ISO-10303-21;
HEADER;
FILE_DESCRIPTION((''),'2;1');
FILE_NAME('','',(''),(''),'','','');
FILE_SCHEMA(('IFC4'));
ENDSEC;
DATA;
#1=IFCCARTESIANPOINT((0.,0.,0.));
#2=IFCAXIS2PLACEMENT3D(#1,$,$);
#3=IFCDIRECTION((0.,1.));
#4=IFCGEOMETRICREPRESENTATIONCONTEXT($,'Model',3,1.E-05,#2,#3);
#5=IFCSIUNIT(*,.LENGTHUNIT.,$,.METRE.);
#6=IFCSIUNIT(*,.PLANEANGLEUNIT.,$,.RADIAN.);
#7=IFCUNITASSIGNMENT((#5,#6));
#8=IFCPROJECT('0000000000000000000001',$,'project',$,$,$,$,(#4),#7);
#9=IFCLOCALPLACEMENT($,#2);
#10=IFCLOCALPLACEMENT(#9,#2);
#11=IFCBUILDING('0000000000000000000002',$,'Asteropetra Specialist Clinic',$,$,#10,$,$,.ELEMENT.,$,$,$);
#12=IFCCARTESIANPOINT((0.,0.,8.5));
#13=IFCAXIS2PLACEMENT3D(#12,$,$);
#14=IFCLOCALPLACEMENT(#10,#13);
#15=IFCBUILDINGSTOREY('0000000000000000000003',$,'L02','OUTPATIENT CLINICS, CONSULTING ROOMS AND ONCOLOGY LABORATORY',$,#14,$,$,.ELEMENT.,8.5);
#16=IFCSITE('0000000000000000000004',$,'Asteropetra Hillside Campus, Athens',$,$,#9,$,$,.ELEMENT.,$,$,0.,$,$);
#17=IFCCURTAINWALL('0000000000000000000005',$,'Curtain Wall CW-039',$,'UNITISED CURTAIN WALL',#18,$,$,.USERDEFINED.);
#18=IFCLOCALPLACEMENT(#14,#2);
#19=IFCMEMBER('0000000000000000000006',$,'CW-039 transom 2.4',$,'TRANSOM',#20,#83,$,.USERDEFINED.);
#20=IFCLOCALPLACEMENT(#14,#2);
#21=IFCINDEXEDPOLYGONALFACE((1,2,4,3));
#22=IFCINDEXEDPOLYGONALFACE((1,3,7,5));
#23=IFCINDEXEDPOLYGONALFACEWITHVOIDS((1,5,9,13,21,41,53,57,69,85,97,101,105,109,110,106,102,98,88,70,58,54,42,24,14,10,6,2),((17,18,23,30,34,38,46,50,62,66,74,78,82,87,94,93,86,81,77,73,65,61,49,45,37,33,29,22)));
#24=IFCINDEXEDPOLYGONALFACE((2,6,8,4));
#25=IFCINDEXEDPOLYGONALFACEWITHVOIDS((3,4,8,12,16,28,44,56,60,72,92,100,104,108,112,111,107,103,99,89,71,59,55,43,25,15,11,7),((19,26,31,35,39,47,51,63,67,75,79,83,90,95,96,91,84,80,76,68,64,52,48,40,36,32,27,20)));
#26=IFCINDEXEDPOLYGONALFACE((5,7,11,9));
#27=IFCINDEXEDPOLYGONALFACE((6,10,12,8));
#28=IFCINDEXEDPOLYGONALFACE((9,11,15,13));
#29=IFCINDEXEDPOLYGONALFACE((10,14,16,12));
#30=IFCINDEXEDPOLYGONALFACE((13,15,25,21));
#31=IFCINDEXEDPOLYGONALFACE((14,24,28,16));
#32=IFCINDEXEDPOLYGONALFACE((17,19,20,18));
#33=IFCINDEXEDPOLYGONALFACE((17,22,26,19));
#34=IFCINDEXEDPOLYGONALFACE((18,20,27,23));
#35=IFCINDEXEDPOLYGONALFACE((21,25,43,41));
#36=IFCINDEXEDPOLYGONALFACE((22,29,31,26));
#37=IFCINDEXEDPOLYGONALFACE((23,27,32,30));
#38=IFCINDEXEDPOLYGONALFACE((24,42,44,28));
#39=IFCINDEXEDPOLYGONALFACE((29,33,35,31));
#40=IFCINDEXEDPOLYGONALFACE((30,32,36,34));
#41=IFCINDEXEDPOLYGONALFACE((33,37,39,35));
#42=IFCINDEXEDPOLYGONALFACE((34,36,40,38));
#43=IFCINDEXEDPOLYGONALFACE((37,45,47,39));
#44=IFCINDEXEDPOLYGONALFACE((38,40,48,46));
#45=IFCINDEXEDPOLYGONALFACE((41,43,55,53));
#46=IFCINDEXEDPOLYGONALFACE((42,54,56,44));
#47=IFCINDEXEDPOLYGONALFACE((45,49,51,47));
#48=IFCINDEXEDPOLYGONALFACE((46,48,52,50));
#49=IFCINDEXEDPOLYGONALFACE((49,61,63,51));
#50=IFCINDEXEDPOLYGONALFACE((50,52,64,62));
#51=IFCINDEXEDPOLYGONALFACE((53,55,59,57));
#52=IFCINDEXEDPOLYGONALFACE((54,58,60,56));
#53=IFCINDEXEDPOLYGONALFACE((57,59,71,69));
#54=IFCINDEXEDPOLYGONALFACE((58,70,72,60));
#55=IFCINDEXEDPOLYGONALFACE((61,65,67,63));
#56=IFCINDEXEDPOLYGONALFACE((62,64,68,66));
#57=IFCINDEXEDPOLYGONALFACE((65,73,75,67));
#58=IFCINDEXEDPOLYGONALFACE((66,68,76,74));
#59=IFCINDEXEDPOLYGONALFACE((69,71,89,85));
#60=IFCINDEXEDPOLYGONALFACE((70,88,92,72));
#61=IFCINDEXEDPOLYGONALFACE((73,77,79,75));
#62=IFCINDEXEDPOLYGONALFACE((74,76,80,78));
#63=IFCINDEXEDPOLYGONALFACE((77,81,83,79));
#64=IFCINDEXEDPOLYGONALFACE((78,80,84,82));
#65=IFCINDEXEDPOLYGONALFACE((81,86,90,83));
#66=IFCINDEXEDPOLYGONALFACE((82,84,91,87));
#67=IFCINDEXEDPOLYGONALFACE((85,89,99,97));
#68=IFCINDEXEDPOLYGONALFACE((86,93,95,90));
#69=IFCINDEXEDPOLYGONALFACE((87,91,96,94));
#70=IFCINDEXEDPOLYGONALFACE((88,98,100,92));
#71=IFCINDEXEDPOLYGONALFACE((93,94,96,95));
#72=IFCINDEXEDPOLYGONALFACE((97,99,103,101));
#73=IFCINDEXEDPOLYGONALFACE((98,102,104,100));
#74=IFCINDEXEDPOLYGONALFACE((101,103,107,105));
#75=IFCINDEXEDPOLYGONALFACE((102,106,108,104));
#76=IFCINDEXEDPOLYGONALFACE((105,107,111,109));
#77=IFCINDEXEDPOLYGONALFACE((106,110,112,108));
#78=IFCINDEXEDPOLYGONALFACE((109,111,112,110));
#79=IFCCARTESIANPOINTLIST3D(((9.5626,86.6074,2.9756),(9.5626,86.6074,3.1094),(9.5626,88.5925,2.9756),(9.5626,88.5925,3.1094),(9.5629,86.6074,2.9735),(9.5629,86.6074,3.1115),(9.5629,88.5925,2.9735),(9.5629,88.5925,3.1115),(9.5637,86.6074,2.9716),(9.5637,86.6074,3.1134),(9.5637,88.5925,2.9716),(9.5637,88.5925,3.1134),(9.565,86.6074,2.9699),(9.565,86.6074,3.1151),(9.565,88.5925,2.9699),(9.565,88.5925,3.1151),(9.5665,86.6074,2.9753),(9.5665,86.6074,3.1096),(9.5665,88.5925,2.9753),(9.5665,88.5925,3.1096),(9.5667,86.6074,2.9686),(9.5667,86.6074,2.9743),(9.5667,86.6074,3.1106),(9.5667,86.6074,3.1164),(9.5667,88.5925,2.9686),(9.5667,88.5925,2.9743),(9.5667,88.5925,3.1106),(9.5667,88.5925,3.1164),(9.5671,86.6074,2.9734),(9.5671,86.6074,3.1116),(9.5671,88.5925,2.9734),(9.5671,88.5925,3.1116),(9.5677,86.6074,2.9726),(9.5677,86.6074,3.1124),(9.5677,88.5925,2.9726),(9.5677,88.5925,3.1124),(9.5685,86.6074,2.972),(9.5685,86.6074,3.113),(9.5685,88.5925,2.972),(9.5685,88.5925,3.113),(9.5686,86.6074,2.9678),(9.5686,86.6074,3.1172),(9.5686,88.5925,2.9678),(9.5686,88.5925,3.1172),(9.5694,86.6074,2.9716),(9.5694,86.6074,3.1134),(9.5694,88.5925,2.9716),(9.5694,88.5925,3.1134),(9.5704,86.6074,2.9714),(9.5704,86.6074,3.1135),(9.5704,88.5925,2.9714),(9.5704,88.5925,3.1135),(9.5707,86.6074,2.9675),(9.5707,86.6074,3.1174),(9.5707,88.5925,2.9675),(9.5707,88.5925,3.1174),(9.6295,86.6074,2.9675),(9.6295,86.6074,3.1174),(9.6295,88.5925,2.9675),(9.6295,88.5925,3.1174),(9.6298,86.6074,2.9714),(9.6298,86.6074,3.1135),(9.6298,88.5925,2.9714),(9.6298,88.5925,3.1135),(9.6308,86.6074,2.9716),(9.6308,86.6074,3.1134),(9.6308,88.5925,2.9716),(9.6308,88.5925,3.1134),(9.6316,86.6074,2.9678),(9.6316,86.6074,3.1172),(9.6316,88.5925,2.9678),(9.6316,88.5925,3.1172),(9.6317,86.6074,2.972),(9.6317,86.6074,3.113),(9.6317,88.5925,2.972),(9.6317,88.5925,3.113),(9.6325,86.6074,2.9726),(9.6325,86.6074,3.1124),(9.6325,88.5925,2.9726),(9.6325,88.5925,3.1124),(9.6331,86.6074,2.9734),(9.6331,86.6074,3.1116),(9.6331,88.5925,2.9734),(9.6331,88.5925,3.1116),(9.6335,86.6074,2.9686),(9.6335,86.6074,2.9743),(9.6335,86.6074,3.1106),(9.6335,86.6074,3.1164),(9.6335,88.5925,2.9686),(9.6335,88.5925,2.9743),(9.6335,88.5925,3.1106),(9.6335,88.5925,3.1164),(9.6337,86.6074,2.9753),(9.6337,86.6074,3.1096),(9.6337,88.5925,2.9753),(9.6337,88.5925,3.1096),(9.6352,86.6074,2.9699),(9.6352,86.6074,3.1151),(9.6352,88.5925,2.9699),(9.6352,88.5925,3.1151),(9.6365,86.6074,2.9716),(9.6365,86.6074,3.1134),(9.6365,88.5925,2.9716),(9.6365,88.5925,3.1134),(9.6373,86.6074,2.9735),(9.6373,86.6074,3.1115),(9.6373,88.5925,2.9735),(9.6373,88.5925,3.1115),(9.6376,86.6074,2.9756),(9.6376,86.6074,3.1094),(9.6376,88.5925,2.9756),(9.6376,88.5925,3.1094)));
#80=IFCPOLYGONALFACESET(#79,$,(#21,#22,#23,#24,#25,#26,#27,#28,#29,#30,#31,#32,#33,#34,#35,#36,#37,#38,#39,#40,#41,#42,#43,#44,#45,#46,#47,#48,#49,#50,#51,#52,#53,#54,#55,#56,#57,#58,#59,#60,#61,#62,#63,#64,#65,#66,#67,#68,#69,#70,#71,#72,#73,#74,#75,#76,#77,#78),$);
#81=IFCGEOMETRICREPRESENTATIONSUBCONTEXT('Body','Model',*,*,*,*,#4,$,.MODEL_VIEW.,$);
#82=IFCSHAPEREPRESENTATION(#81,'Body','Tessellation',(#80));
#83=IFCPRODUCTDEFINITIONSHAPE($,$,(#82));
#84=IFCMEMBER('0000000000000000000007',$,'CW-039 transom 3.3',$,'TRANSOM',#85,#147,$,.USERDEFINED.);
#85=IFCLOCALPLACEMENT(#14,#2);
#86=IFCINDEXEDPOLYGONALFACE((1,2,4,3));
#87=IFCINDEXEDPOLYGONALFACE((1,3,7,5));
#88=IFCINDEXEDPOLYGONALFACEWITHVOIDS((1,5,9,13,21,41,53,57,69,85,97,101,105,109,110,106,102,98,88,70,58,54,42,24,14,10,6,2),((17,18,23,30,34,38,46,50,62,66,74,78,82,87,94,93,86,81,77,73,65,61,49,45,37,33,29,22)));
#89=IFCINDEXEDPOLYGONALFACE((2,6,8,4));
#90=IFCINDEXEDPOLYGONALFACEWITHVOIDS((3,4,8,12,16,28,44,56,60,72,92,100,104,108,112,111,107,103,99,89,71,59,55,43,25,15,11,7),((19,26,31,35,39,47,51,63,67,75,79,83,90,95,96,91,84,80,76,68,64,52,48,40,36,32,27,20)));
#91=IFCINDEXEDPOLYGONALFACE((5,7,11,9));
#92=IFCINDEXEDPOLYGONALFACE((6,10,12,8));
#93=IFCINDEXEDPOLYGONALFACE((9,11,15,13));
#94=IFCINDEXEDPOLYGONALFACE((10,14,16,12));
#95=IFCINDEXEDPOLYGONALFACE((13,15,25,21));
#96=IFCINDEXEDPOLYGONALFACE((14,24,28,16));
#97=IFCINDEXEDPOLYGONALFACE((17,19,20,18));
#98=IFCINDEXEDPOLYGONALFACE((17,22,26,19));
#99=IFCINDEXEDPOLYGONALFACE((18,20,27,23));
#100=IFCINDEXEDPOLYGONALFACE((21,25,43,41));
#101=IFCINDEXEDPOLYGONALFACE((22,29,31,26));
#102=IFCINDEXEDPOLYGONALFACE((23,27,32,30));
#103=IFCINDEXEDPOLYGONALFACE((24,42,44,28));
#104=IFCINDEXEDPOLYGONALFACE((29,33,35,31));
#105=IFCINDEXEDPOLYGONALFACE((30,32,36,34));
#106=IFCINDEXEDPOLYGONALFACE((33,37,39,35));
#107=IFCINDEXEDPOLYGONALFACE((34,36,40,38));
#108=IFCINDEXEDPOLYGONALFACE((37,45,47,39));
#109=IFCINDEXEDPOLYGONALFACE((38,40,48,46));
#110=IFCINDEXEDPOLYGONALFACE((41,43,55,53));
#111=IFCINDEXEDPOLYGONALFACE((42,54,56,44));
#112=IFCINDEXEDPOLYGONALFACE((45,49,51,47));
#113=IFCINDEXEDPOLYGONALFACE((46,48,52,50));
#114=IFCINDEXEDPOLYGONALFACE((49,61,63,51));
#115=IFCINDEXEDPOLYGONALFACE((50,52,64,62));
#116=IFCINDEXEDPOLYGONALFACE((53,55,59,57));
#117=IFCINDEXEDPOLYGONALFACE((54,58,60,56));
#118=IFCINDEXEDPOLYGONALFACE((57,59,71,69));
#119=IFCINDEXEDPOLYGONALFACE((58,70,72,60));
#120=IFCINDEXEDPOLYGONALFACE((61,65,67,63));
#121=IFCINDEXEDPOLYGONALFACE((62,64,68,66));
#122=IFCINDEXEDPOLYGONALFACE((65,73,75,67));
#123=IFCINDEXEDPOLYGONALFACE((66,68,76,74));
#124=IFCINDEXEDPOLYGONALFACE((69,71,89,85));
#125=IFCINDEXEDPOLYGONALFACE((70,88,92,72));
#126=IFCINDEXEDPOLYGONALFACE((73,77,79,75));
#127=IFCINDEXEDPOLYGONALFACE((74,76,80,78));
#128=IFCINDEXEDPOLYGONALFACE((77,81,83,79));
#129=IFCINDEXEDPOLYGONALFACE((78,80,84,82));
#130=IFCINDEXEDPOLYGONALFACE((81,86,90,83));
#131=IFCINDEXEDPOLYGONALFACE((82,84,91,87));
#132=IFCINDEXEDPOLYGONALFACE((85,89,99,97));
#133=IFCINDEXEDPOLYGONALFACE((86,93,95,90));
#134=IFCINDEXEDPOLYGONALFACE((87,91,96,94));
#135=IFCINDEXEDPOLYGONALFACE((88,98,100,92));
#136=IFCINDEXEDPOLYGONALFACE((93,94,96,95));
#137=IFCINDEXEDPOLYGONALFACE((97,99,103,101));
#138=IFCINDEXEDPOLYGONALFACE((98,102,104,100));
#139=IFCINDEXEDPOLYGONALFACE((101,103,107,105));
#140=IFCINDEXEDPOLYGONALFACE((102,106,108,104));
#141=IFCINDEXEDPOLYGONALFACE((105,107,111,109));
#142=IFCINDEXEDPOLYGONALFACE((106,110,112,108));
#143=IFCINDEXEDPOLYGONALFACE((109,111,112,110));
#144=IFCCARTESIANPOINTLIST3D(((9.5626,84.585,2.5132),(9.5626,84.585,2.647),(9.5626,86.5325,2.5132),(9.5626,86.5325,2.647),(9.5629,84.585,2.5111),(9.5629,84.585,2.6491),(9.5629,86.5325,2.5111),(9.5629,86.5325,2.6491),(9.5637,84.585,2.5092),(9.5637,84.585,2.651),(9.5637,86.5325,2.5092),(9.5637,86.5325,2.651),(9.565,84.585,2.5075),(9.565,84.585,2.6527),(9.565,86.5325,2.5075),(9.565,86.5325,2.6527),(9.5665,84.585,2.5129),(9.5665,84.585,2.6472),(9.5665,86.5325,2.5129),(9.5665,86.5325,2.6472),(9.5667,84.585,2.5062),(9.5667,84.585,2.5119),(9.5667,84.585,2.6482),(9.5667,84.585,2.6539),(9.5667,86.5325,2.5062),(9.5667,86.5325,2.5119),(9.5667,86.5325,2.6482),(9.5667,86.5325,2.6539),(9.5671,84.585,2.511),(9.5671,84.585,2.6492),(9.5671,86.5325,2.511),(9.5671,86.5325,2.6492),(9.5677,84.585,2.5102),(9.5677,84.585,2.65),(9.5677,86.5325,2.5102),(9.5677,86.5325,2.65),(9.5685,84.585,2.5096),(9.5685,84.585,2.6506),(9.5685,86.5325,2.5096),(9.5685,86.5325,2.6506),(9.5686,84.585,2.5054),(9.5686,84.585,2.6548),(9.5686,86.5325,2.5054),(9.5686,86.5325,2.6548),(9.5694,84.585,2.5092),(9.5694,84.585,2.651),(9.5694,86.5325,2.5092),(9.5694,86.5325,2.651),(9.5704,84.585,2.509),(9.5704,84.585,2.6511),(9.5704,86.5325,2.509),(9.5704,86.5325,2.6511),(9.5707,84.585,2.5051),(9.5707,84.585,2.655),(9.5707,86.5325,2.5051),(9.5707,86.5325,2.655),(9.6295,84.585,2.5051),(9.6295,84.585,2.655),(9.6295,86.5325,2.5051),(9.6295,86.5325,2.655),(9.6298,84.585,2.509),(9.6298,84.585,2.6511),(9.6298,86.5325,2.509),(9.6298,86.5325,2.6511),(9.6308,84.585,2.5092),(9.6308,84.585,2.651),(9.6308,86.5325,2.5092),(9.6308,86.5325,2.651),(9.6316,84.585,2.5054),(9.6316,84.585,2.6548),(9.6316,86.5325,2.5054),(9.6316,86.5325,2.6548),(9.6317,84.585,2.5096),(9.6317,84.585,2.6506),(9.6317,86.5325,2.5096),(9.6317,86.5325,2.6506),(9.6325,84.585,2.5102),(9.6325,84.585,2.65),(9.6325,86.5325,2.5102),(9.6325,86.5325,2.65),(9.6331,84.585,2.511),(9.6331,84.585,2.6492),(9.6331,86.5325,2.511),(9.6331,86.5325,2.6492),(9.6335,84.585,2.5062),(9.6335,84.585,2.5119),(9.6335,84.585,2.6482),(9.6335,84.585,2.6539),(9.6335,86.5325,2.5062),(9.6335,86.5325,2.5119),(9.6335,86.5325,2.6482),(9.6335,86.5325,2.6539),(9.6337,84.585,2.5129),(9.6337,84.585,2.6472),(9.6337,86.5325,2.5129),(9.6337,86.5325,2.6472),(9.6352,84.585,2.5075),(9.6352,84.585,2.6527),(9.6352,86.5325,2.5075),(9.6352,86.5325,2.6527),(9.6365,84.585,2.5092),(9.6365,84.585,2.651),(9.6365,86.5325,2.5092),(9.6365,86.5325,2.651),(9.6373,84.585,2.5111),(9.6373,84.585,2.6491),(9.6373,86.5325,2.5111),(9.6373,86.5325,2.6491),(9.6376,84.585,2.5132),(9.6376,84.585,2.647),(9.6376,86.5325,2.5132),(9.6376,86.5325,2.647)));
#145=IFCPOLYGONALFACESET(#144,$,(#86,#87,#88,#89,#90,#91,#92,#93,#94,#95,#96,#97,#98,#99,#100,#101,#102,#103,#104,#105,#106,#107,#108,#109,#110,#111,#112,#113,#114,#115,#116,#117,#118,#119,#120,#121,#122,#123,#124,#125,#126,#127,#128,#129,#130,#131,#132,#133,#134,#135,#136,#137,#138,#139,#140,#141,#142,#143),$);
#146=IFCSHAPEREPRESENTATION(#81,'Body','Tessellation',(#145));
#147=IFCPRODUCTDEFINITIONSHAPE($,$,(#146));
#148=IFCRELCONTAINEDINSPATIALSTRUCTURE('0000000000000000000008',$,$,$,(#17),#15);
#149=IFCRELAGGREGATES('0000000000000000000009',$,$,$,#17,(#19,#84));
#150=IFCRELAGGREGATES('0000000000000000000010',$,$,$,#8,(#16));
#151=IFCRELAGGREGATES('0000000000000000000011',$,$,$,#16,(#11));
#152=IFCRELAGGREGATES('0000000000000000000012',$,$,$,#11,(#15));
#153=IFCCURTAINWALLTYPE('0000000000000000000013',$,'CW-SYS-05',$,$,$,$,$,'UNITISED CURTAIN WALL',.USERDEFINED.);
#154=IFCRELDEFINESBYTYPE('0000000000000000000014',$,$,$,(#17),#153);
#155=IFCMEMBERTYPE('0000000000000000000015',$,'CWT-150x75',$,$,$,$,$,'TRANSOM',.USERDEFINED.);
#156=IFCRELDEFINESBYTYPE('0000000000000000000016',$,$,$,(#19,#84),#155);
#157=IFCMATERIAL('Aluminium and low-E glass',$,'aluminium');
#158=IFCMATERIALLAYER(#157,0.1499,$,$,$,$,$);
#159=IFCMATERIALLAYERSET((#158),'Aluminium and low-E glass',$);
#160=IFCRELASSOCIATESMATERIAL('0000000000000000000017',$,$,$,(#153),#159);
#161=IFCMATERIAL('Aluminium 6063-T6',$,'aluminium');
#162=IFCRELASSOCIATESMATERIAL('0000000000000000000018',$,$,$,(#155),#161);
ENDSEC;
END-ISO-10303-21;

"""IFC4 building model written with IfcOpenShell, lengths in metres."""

from ifc_helpers import new_model, si_unit, direction, frame, origin, origin_2d, place, context, subcontext, project, spatial, hollow_rectangle, extrude, material, layer, layer_set, material_profile, profile_set, type_object, element, aggregate, save


model = new_model("IFC4")

# Units and contexts
model_context = context("Model", 3, precision=1e-05, world=origin(), true_north=direction((0.0, 1.0)))
body_context = subcontext(model_context, "Body", "Model", "MODEL_VIEW")
ifc_project = project(units=[si_unit("LENGTHUNIT", "METRE"), si_unit("PLANEANGLEUNIT", "RADIAN")], contexts=[model_context])

# Site, building, storey
site_placement = place(None, origin())
site = spatial("IfcSite", under=ifc_project, at=site_placement, Name="Asteropetra Hillside Campus, Athens", CompositionType="ELEMENT", RefElevation=0.0)
building_placement = place(site_placement, origin())
building = spatial("IfcBuilding", under=site, at=building_placement, Name="Asteropetra Specialist Clinic", CompositionType="ELEMENT")
storey_placement = place(building_placement, frame((0.0, 0.0, 8.5)))
storey = spatial("IfcBuildingStorey", under=building, at=storey_placement, Name="L02", Description="OUTPATIENT CLINICS, CONSULTING ROOMS AND ONCOLOGY LABORATORY", CompositionType="ELEMENT", Elevation=8.5)

# Curtain wall, members
ifc_material_1 = material(Name="Aluminium and low-E glass", Category="aluminium")
ifc_layer_1 = layer(ifc_material_1, 0.1499)
ifc_layer_set_1 = layer_set([ifc_layer_1], Name="Aluminium and low-E glass")
curtain_wall_type = type_object("IfcCurtainWallType", Name="CW-SYS-05", ElementType="UNITISED CURTAIN WALL", PredefinedType="USERDEFINED", material=ifc_layer_set_1)
curtain_wall_placement = place(storey_placement, origin())
curtain_wall = element("IfcCurtainWall", 1, at=curtain_wall_placement, inside=storey, type_object=curtain_wall_type, Name="Curtain Wall CW-039", ObjectType="UNITISED CURTAIN WALL", PredefinedType="USERDEFINED")
ifc_material_2 = material(Name="Aluminium 6063-T6", Category="aluminium")
ifc_material_profile_1 = material_profile(ifc_material_2, hollow_rectangle(XDim=0.075, YDim=0.1499, WallThickness=0.0039, InnerFilletRadius=0.0039, OuterFilletRadius=0.0081, at=origin_2d()), Name="TRN 150x75x4.0")
ifc_profile_set_1 = profile_set([ifc_material_profile_1], Name="Aluminium 6063-T6")
member_type_1 = type_object("IfcMemberType", Name="CWT-150x75", ElementType="TRANSOM", PredefinedType="USERDEFINED", material=ifc_profile_set_1)
member_1_placement = place(storey_placement, frame((9.6001, 88.5925, 3.0425), z_axis=(0.0, -1.0, 0.0), x_axis=(1.0, 0.0, 0.0)))
member_1 = element("IfcMember", 2, at=member_1_placement, type_object=member_type_1, Name="CW-039 transom 2.4", ObjectType="TRANSOM", PredefinedType="USERDEFINED", context=body_context, shape_type="SweptSolid", body=[
    extrude(hollow_rectangle(XDim=0.075, YDim=0.1499, WallThickness=0.0039, InnerFilletRadius=0.0039, OuterFilletRadius=0.0081, at=origin_2d()), origin(), (0.0, 0.0, 1.0), 1.9851),
])
member_2_placement = place(storey_placement, frame((9.6001, 86.5325, 2.5801), z_axis=(0.0, -1.0, 0.0), x_axis=(1.0, 0.0, 0.0)))
member_2 = element("IfcMember", 3, at=member_2_placement, type_object=member_type_1, Name="CW-039 transom 3.3", ObjectType="TRANSOM", PredefinedType="USERDEFINED", context=body_context, shape_type="SweptSolid", body=[
    extrude(hollow_rectangle(XDim=0.075, YDim=0.1499, WallThickness=0.0039, InnerFilletRadius=0.0039, OuterFilletRadius=0.0081, at=origin_2d()), origin(), (0.0, 0.0, 1.0), 1.9475),
])

aggregate(curtain_wall, [member_1, member_2])

save(model, "model.ifc")
